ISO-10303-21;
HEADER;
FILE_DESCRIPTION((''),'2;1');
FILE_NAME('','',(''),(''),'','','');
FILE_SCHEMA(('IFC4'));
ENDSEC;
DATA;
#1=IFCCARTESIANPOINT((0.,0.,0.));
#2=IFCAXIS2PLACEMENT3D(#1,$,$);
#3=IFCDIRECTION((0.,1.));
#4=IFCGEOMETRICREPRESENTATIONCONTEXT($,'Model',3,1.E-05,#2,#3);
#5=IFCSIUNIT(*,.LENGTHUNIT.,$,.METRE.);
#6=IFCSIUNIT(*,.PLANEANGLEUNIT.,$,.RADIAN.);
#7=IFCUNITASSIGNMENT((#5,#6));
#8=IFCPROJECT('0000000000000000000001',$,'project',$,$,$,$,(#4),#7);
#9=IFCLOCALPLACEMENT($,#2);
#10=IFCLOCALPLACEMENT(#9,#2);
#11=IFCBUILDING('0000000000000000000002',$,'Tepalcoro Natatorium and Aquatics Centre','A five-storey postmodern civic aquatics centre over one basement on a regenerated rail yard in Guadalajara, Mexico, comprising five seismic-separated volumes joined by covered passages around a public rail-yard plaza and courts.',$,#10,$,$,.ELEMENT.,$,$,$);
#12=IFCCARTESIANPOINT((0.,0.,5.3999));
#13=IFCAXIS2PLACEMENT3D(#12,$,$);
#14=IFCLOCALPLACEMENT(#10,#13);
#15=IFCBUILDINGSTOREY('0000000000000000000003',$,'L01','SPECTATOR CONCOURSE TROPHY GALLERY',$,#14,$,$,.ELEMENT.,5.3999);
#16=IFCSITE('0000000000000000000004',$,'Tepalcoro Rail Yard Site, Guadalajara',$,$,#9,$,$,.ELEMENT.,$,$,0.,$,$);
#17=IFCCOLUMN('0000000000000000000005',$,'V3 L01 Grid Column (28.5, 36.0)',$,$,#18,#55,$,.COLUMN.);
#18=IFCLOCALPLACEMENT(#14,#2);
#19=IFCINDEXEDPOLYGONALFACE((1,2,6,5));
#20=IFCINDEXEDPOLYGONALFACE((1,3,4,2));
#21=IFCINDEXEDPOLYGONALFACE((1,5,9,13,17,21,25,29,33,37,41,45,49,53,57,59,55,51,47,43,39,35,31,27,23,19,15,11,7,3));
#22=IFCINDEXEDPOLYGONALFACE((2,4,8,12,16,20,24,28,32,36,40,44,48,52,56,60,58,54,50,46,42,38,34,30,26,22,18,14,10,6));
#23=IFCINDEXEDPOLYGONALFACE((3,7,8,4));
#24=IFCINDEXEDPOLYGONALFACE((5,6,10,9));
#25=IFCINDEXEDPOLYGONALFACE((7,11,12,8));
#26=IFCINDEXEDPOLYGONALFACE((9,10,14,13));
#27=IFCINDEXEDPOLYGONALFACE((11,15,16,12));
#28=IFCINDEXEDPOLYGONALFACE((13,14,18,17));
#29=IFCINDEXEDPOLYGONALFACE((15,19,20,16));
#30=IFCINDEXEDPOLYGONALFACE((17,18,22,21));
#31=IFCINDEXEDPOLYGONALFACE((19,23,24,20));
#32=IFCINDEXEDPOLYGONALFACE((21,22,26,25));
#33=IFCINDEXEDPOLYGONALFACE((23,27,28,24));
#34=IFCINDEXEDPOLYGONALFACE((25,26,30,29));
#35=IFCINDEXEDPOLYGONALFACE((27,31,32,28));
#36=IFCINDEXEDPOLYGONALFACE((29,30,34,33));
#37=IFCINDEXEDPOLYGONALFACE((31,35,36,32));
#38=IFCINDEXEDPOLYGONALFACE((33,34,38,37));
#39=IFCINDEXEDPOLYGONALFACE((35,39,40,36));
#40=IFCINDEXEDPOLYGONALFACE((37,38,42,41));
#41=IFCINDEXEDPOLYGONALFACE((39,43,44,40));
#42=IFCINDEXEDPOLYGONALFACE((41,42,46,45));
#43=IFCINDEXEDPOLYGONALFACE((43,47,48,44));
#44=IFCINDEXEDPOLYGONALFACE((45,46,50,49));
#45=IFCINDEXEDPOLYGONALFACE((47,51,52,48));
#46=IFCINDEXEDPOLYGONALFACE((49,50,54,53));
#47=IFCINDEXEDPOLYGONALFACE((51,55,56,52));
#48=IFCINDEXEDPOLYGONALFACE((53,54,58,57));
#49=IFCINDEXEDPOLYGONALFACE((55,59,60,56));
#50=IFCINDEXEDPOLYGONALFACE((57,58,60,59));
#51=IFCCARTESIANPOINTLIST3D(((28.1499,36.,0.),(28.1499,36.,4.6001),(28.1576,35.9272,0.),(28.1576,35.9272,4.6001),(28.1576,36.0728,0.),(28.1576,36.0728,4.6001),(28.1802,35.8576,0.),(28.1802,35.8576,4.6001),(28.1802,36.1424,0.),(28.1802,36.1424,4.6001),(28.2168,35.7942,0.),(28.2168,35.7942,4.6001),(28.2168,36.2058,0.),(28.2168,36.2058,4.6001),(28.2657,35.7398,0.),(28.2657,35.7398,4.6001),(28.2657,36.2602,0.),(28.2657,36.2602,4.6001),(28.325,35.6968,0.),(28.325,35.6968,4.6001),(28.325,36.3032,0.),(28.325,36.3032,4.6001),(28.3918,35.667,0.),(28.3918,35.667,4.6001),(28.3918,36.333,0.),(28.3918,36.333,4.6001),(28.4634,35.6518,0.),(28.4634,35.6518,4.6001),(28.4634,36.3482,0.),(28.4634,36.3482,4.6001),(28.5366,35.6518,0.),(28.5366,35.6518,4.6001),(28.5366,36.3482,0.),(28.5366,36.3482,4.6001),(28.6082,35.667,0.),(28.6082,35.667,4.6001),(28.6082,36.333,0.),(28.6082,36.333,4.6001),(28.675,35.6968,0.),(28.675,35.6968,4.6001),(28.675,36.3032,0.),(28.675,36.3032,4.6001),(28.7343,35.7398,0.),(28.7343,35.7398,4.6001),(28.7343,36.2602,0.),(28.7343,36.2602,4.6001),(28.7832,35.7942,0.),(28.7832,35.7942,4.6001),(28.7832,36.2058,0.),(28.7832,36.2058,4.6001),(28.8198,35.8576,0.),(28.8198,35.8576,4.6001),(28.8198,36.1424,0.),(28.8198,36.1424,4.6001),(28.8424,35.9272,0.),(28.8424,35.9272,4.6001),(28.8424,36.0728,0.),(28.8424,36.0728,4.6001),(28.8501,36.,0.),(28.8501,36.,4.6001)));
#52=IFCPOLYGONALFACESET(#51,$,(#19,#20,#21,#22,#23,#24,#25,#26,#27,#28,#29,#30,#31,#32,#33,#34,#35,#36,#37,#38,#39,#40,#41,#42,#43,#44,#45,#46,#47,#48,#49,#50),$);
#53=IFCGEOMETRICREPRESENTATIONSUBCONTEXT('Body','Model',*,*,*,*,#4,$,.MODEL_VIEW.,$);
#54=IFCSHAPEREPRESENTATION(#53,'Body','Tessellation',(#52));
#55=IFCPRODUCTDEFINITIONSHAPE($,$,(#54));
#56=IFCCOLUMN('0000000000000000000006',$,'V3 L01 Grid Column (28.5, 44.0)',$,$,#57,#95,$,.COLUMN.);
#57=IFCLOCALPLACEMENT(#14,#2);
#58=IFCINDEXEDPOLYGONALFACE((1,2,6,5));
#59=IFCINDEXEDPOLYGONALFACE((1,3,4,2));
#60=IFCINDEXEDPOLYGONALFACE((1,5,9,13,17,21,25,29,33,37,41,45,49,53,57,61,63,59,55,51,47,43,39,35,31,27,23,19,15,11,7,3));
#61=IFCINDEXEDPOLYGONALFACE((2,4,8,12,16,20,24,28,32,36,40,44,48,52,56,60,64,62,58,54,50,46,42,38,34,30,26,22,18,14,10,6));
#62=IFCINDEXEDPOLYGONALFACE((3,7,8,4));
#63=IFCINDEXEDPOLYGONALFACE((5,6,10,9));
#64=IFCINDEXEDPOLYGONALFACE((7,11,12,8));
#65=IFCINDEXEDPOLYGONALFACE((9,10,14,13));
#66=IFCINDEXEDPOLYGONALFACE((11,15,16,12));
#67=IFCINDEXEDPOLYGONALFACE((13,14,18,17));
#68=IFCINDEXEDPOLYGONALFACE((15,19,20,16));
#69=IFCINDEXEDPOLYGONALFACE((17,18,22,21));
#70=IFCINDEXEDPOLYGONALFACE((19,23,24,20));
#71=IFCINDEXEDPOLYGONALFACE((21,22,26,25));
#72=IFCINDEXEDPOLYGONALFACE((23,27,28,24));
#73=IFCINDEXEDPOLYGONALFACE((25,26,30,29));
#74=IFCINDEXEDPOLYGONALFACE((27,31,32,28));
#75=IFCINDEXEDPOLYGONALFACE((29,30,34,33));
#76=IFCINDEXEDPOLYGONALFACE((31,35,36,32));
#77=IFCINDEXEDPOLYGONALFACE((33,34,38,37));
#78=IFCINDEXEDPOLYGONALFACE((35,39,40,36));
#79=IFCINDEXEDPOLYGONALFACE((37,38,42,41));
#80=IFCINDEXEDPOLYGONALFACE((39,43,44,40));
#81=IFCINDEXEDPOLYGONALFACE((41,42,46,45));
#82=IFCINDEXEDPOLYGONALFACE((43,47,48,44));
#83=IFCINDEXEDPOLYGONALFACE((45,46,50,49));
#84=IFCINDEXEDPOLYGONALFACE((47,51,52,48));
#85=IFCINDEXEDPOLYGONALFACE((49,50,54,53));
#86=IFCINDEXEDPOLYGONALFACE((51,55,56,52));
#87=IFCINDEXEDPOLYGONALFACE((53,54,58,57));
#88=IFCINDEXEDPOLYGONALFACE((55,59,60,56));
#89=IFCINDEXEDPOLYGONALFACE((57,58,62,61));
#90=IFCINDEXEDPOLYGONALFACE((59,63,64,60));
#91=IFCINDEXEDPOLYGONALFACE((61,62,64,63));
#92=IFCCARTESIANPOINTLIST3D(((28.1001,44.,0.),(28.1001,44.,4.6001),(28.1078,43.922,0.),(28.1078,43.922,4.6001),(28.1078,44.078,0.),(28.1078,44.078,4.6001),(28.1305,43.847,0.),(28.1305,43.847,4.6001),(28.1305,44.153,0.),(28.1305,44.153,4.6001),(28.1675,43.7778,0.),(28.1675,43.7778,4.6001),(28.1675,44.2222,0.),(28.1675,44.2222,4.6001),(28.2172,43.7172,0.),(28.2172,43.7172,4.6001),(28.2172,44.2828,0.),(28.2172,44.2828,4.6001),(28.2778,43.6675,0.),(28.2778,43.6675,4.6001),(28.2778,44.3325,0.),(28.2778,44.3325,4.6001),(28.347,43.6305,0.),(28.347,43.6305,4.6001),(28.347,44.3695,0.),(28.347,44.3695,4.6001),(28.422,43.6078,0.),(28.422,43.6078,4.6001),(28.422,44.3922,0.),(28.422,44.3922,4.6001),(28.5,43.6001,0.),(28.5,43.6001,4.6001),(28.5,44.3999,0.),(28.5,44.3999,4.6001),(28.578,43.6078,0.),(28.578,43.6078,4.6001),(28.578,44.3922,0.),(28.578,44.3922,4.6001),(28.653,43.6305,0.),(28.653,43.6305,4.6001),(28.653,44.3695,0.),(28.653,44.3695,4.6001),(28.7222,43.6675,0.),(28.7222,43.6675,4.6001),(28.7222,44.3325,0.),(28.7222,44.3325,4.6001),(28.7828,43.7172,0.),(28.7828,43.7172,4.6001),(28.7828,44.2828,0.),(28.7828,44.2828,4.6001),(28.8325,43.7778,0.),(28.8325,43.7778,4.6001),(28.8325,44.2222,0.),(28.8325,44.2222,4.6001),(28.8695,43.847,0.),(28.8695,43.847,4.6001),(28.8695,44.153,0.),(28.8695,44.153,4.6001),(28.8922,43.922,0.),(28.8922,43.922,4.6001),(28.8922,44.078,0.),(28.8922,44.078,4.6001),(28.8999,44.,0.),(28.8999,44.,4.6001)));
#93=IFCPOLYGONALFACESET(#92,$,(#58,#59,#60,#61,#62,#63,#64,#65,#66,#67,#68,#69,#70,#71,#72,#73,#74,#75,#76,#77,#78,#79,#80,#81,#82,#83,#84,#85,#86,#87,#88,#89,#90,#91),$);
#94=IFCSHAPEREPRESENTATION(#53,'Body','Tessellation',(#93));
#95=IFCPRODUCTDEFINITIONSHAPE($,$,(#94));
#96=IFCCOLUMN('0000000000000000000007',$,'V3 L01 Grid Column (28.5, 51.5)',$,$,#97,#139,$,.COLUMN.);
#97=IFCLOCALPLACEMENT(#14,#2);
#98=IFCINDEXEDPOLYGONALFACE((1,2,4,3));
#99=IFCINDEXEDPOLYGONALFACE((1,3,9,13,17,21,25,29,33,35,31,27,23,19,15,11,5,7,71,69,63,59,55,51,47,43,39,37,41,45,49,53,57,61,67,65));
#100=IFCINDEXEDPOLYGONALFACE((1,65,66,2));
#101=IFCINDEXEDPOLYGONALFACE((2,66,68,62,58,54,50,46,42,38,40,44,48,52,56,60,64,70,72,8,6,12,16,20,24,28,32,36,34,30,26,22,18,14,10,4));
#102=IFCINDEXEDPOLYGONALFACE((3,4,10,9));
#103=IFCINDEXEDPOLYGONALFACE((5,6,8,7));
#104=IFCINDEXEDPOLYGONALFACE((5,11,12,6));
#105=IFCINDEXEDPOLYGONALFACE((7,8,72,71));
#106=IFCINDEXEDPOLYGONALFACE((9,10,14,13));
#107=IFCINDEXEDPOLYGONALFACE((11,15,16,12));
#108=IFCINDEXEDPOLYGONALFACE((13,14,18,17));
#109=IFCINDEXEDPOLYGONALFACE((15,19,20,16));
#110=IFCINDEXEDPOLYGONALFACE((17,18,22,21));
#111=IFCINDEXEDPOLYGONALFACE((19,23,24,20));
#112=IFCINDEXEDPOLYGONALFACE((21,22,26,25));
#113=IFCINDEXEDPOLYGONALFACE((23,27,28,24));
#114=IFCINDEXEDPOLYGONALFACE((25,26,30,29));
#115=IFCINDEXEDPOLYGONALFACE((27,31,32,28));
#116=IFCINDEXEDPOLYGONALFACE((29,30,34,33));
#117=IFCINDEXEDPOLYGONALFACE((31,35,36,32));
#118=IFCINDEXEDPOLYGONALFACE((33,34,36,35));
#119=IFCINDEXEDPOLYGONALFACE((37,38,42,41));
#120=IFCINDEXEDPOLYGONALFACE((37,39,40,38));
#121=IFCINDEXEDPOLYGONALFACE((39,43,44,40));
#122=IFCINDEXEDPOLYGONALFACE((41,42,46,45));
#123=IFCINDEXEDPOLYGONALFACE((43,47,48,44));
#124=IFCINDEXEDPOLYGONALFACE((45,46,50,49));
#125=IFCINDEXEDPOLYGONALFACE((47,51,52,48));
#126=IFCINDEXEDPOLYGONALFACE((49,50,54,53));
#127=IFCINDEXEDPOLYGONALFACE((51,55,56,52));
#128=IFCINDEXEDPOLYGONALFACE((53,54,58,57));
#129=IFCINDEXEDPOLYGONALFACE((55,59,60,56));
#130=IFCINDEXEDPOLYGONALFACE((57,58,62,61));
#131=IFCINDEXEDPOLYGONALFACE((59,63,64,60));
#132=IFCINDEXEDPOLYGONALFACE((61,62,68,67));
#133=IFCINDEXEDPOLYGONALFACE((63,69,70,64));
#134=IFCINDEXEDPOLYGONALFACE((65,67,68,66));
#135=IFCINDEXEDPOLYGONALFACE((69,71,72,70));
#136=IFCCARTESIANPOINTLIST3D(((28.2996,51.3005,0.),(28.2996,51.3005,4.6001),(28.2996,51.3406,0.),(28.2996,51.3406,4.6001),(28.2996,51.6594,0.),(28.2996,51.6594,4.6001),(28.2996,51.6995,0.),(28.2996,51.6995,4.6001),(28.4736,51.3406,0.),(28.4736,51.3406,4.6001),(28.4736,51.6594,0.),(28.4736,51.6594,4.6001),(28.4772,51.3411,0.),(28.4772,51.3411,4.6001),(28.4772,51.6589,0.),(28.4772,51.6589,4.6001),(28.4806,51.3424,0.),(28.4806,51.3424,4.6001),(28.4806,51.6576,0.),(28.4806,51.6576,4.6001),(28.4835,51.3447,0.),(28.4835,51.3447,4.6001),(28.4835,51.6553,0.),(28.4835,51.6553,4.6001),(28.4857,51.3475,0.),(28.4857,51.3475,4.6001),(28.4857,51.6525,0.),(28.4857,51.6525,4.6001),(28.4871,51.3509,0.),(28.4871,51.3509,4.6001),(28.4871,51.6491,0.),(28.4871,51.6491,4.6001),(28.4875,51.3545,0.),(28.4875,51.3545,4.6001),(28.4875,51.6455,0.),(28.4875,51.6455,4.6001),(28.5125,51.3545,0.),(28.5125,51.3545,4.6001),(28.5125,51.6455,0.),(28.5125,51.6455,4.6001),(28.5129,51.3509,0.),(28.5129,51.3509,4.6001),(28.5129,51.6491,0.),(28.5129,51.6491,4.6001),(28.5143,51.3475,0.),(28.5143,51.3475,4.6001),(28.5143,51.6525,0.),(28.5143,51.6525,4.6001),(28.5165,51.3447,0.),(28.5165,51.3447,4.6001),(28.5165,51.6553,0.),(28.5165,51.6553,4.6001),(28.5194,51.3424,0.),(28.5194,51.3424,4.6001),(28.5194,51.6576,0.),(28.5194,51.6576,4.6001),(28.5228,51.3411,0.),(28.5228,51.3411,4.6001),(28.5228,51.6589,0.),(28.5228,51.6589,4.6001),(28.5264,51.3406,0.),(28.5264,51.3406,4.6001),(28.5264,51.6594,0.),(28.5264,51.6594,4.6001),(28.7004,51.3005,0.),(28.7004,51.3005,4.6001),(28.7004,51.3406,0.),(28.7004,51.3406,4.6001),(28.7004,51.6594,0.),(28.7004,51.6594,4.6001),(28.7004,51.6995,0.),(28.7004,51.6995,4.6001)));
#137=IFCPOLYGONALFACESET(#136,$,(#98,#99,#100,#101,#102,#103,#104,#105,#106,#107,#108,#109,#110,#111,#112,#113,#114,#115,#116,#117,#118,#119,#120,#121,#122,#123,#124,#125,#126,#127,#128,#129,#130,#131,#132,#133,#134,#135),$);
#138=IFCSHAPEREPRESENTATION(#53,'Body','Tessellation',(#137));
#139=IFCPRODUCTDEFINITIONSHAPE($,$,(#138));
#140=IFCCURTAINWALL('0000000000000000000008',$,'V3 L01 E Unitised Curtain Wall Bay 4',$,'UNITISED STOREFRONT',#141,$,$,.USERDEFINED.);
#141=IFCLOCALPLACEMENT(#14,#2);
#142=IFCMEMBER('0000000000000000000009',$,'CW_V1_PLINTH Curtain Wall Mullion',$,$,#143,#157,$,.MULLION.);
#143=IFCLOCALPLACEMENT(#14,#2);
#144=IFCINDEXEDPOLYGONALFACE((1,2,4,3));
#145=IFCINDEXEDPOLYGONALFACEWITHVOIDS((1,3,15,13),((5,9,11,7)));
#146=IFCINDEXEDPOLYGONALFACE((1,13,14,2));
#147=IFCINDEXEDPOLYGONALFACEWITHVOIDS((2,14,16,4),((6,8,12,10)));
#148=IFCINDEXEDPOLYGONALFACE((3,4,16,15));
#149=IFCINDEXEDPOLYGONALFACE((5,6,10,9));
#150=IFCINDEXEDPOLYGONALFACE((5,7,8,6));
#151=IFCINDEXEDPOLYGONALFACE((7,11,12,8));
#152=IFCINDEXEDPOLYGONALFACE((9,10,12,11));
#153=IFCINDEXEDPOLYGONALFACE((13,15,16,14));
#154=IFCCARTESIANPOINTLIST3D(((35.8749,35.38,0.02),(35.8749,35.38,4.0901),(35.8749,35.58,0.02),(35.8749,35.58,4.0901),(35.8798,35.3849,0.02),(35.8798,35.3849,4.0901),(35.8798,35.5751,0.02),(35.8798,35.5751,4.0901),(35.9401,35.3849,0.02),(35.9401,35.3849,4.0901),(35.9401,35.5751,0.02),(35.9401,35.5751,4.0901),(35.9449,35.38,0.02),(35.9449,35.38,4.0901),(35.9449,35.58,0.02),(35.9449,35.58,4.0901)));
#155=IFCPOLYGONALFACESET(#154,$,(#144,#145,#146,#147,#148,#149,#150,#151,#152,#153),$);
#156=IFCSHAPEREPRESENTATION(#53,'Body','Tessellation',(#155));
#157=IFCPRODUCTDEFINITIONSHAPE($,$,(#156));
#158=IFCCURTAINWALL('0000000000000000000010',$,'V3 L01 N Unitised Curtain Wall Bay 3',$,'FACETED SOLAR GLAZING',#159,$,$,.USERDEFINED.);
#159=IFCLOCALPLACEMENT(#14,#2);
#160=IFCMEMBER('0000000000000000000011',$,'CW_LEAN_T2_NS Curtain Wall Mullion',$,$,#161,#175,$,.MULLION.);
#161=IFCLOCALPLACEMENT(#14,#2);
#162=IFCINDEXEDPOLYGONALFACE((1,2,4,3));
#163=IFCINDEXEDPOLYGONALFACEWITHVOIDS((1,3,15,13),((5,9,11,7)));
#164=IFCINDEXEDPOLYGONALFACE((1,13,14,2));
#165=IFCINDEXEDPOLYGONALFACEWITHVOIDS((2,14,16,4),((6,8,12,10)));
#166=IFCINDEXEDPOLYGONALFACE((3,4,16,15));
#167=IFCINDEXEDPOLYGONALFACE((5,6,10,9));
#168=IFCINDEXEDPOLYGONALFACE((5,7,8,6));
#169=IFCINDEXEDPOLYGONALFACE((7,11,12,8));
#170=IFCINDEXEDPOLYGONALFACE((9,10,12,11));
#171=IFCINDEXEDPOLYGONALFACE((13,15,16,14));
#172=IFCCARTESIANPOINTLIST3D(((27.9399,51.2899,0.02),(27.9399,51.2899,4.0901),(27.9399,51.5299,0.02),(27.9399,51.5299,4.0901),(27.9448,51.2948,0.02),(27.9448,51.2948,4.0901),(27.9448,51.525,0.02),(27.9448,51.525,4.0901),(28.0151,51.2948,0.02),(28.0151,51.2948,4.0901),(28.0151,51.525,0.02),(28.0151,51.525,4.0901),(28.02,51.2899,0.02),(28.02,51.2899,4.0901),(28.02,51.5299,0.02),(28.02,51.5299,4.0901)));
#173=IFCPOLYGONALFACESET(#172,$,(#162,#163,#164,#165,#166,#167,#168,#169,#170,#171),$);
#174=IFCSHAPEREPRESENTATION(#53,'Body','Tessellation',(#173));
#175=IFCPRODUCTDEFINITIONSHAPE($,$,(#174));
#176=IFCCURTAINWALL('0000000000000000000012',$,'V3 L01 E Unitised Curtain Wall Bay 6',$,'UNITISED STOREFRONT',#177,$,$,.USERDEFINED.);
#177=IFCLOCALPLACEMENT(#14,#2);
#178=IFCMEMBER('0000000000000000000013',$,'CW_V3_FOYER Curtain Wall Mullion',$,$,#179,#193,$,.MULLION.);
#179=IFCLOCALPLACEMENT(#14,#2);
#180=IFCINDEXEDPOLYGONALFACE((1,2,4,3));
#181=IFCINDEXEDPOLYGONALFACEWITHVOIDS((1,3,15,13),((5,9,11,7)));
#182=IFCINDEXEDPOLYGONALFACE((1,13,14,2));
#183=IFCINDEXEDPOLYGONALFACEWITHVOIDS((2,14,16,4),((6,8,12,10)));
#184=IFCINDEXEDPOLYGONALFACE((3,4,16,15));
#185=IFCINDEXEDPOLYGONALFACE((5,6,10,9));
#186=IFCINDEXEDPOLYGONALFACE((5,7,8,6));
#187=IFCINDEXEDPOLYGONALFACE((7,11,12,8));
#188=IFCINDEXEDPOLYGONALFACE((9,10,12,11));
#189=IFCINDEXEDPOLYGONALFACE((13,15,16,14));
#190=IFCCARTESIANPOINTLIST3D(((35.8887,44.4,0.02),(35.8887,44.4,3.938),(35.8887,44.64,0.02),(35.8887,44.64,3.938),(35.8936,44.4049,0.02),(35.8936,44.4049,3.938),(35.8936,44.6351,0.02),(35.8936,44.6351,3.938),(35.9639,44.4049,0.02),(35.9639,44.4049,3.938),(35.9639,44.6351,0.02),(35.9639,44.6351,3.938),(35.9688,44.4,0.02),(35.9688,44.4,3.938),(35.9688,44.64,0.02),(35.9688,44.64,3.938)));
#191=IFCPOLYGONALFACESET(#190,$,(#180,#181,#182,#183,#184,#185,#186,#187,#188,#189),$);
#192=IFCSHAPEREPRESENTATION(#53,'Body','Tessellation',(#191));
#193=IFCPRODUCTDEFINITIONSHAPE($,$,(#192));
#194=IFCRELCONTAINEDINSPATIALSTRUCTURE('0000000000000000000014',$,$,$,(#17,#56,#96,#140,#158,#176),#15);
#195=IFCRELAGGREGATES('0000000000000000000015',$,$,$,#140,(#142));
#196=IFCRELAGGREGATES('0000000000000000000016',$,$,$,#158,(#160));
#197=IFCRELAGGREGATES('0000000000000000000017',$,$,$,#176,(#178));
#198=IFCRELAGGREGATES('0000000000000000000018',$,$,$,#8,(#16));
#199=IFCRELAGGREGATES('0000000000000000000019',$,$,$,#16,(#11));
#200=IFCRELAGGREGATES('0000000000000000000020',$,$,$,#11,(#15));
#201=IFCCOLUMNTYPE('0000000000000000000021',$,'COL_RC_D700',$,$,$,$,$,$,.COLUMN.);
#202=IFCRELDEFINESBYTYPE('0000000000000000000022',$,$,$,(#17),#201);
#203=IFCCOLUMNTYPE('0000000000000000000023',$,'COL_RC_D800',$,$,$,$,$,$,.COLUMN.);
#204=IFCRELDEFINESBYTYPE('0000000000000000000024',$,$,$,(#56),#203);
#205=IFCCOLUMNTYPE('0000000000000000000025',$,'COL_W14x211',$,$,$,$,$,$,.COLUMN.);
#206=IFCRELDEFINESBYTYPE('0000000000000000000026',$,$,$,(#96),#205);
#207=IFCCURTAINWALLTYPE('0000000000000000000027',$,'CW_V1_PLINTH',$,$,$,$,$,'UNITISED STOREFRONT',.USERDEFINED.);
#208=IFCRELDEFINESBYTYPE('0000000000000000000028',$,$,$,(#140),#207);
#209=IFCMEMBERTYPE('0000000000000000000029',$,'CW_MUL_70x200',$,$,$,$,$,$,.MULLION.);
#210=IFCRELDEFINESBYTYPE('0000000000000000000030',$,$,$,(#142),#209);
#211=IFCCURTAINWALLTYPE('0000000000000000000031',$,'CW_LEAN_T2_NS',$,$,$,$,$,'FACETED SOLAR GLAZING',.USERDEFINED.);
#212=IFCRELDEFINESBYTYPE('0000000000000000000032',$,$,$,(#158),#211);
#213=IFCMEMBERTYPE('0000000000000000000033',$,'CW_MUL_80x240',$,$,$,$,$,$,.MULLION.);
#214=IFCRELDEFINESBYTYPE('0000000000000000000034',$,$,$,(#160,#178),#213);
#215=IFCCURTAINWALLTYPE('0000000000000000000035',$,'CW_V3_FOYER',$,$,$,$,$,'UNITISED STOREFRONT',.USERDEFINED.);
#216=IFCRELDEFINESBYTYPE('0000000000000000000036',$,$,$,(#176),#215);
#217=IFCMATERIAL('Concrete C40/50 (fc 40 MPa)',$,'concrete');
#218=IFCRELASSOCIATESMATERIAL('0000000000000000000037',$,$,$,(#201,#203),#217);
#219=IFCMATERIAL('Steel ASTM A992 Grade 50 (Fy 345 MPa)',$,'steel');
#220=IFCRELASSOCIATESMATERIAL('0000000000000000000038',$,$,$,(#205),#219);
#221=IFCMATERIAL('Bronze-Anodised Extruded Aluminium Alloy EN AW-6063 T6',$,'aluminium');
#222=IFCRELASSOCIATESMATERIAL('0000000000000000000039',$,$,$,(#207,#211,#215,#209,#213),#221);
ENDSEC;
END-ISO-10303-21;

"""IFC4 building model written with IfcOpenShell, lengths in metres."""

from ifc_helpers import new_model, si_unit, direction, frame, origin, origin_2d, place, context, subcontext, project, spatial, hollow_rectangle, circle, i_section, extrude, material, material_profile, profile_set, type_object, element, aggregate, save


model = new_model("IFC4")

# Units and contexts
model_context = context("Model", 3, precision=1e-05, world=origin(), true_north=direction((0.0, 1.0)))
body_context = subcontext(model_context, "Body", "Model", "MODEL_VIEW")
ifc_project = project(units=[si_unit("LENGTHUNIT", "METRE"), si_unit("PLANEANGLEUNIT", "RADIAN")], contexts=[model_context])

# Site, building, storey
site_placement = place(None, origin())
site = spatial("IfcSite", under=ifc_project, at=site_placement, Name="Tepalcoro Rail Yard Site, Guadalajara", CompositionType="ELEMENT", RefElevation=0.0)
building_placement = place(site_placement, origin())
building = spatial("IfcBuilding", under=site, at=building_placement, Name="Tepalcoro Natatorium and Aquatics Centre", Description="A five-storey postmodern civic aquatics centre over one basement on a regenerated rail yard in Guadalajara, Mexico, comprising five seismic-separated volumes joined by covered passages around a public rail-yard plaza and courts.", CompositionType="ELEMENT")
storey_placement = place(building_placement, frame((0.0, 0.0, 5.3999)))
storey = spatial("IfcBuildingStorey", under=building, at=storey_placement, Name="L01", Description="SPECTATOR CONCOURSE TROPHY GALLERY", CompositionType="ELEMENT", Elevation=5.3999)

# Columns
ifc_material_1 = material(Name="Concrete C40/50 (fc 40 MPa)", Category="concrete")
ifc_material_profile_1 = material_profile(ifc_material_1, circle(Radius=0.3501, at=origin_2d()), Name="RCD700")
ifc_profile_set_1 = profile_set([ifc_material_profile_1], Name="Concrete C40/50 (fc 40 MPa)")
column_type_1 = type_object("IfcColumnType", Name="COL_RC_D700", PredefinedType="COLUMN", material=ifc_profile_set_1)
column_1_placement = place(storey_placement, frame((28.5, 36.0, 0.0), z_axis=(0.0, 0.0, 1.0), x_axis=(1.0, 0.0, 0.0)))
element("IfcColumn", 1, at=column_1_placement, inside=storey, type_object=column_type_1, Name="V3 L01 Grid Column (28.5, 36.0)", PredefinedType="COLUMN", context=body_context, shape_type="SweptSolid", body=[
    extrude(circle(Radius=0.3501, at=origin_2d()), origin(), (0.0, 0.0, 1.0), 4.6001),
])
ifc_material_profile_2 = material_profile(ifc_material_1, circle(Radius=0.3999, at=origin_2d()), Name="RCD800")
ifc_profile_set_2 = profile_set([ifc_material_profile_2], Name="Concrete C40/50 (fc 40 MPa)")
column_type_2 = type_object("IfcColumnType", Name="COL_RC_D800", PredefinedType="COLUMN", material=ifc_profile_set_2)
column_2_placement = place(storey_placement, frame((28.5, 44.0, 0.0), z_axis=(0.0, 0.0, 1.0), x_axis=(1.0, 0.0, 0.0)))
element("IfcColumn", 2, at=column_2_placement, inside=storey, type_object=column_type_2, Name="V3 L01 Grid Column (28.5, 44.0)", PredefinedType="COLUMN", context=body_context, shape_type="SweptSolid", body=[
    extrude(circle(Radius=0.3999, at=origin_2d()), origin(), (0.0, 0.0, 1.0), 4.6001),
])
ifc_material_2 = material(Name="Steel ASTM A992 Grade 50 (Fy 345 MPa)", Category="steel")
ifc_material_profile_3 = material_profile(ifc_material_2, i_section(OverallWidth=0.4009, OverallDepth=0.3989, WebThickness=0.0249, FlangeThickness=0.04, FilletRadius=0.0139, at=origin_2d()), Name="W14X211")
ifc_profile_set_3 = profile_set([ifc_material_profile_3], Name="Steel ASTM A992 Grade 50 (Fy 345 MPa)")
column_type_3 = type_object("IfcColumnType", Name="COL_W14x211", PredefinedType="COLUMN", material=ifc_profile_set_3)
column_3_placement = place(storey_placement, frame((28.5, 51.5, 0.0), z_axis=(0.0, 0.0, 1.0), x_axis=(1.0, 0.0, 0.0)))
element("IfcColumn", 3, at=column_3_placement, inside=storey, type_object=column_type_3, Name="V3 L01 Grid Column (28.5, 51.5)", PredefinedType="COLUMN", context=body_context, shape_type="SweptSolid", body=[
    extrude(i_section(OverallWidth=0.4009, OverallDepth=0.3989, WebThickness=0.0249, FlangeThickness=0.04, FilletRadius=0.0139, at=origin_2d()), origin(), (0.0, 0.0, 1.0), 4.6001),
])

# Curtain walls, members
ifc_material_3 = material(Name="Bronze-Anodised Extruded Aluminium Alloy EN AW-6063 T6", Category="aluminium")
curtain_wall_type_1 = type_object("IfcCurtainWallType", Name="CW_V1_PLINTH", ElementType="UNITISED STOREFRONT", PredefinedType="USERDEFINED", material=ifc_material_3)
curtain_wall_1_placement = place(storey_placement, origin())
curtain_wall_1 = element("IfcCurtainWall", 4, at=curtain_wall_1_placement, inside=storey, type_object=curtain_wall_type_1, Name="V3 L01 E Unitised Curtain Wall Bay 4", ObjectType="UNITISED STOREFRONT", PredefinedType="USERDEFINED")
ifc_material_profile_4 = material_profile(ifc_material_3, hollow_rectangle(XDim=0.0701, YDim=0.2, WallThickness=0.0049, at=origin_2d()), Name="AL70X200X5")
ifc_profile_set_4 = profile_set([ifc_material_profile_4], Name="Bronze-Anodised Extruded Aluminium Alloy EN AW-6063 T6")
member_type_1 = type_object("IfcMemberType", Name="CW_MUL_70x200", PredefinedType="MULLION", material=ifc_profile_set_4)
member_1_placement = place(storey_placement, frame((35.9099, 35.48, 0.02), z_axis=(0.0, 0.0, 1.0), x_axis=(1.0, 0.0, 0.0)))
member_1 = element("IfcMember", 5, at=member_1_placement, type_object=member_type_1, Name="CW_V1_PLINTH Curtain Wall Mullion", PredefinedType="MULLION", context=body_context, shape_type="SweptSolid", body=[
    extrude(hollow_rectangle(XDim=0.0701, YDim=0.2, WallThickness=0.0049, at=origin_2d()), origin(), (0.0, 0.0, 1.0), 4.0701),
])
aggregate(curtain_wall_1, [member_1])
curtain_wall_type_2 = type_object("IfcCurtainWallType", Name="CW_LEAN_T2_NS", ElementType="FACETED SOLAR GLAZING", PredefinedType="USERDEFINED", material=ifc_material_3)
curtain_wall_2_placement = place(storey_placement, origin())
curtain_wall_2 = element("IfcCurtainWall", 6, at=curtain_wall_2_placement, inside=storey, type_object=curtain_wall_type_2, Name="V3 L01 N Unitised Curtain Wall Bay 3", ObjectType="FACETED SOLAR GLAZING", PredefinedType="USERDEFINED")
ifc_material_profile_5 = material_profile(ifc_material_3, hollow_rectangle(XDim=0.0801, YDim=0.24, WallThickness=0.0049, at=origin_2d()), Name="AL80X240X5")
ifc_profile_set_5 = profile_set([ifc_material_profile_5], Name="Bronze-Anodised Extruded Aluminium Alloy EN AW-6063 T6")
member_type_2 = type_object("IfcMemberType", Name="CW_MUL_80x240", PredefinedType="MULLION", material=ifc_profile_set_5)
member_2_placement = place(storey_placement, frame((27.98, 51.4099, 0.02), z_axis=(0.0, 0.0, 1.0), x_axis=(1.0, 0.0, 0.0)))
member_2 = element("IfcMember", 7, at=member_2_placement, type_object=member_type_2, Name="CW_LEAN_T2_NS Curtain Wall Mullion", PredefinedType="MULLION", context=body_context, shape_type="SweptSolid", body=[
    extrude(hollow_rectangle(XDim=0.0801, YDim=0.24, WallThickness=0.0049, at=origin_2d()), origin(), (0.0, 0.0, 1.0), 4.0701),
])

# Curtain wall, member
curtain_wall_type_3 = type_object("IfcCurtainWallType", Name="CW_V3_FOYER", ElementType="UNITISED STOREFRONT", PredefinedType="USERDEFINED", material=ifc_material_3)
curtain_wall_3_placement = place(storey_placement, origin())
curtain_wall_3 = element("IfcCurtainWall", 8, at=curtain_wall_3_placement, inside=storey, type_object=curtain_wall_type_3, Name="V3 L01 E Unitised Curtain Wall Bay 6", ObjectType="UNITISED STOREFRONT", PredefinedType="USERDEFINED")
member_3_placement = place(storey_placement, frame((35.9287, 44.52, 0.02), z_axis=(0.0, 0.0, 1.0), x_axis=(1.0, 0.0, 0.0)))
member_3 = element("IfcMember", 9, at=member_3_placement, type_object=member_type_2, Name="CW_V3_FOYER Curtain Wall Mullion", PredefinedType="MULLION", context=body_context, shape_type="SweptSolid", body=[
    extrude(hollow_rectangle(XDim=0.0801, YDim=0.24, WallThickness=0.0049, at=origin_2d()), origin(), (0.0, 0.0, 1.0), 3.918),
])

aggregate(curtain_wall_2, [member_2])
aggregate(curtain_wall_3, [member_3])

save(model, "model.ifc")
